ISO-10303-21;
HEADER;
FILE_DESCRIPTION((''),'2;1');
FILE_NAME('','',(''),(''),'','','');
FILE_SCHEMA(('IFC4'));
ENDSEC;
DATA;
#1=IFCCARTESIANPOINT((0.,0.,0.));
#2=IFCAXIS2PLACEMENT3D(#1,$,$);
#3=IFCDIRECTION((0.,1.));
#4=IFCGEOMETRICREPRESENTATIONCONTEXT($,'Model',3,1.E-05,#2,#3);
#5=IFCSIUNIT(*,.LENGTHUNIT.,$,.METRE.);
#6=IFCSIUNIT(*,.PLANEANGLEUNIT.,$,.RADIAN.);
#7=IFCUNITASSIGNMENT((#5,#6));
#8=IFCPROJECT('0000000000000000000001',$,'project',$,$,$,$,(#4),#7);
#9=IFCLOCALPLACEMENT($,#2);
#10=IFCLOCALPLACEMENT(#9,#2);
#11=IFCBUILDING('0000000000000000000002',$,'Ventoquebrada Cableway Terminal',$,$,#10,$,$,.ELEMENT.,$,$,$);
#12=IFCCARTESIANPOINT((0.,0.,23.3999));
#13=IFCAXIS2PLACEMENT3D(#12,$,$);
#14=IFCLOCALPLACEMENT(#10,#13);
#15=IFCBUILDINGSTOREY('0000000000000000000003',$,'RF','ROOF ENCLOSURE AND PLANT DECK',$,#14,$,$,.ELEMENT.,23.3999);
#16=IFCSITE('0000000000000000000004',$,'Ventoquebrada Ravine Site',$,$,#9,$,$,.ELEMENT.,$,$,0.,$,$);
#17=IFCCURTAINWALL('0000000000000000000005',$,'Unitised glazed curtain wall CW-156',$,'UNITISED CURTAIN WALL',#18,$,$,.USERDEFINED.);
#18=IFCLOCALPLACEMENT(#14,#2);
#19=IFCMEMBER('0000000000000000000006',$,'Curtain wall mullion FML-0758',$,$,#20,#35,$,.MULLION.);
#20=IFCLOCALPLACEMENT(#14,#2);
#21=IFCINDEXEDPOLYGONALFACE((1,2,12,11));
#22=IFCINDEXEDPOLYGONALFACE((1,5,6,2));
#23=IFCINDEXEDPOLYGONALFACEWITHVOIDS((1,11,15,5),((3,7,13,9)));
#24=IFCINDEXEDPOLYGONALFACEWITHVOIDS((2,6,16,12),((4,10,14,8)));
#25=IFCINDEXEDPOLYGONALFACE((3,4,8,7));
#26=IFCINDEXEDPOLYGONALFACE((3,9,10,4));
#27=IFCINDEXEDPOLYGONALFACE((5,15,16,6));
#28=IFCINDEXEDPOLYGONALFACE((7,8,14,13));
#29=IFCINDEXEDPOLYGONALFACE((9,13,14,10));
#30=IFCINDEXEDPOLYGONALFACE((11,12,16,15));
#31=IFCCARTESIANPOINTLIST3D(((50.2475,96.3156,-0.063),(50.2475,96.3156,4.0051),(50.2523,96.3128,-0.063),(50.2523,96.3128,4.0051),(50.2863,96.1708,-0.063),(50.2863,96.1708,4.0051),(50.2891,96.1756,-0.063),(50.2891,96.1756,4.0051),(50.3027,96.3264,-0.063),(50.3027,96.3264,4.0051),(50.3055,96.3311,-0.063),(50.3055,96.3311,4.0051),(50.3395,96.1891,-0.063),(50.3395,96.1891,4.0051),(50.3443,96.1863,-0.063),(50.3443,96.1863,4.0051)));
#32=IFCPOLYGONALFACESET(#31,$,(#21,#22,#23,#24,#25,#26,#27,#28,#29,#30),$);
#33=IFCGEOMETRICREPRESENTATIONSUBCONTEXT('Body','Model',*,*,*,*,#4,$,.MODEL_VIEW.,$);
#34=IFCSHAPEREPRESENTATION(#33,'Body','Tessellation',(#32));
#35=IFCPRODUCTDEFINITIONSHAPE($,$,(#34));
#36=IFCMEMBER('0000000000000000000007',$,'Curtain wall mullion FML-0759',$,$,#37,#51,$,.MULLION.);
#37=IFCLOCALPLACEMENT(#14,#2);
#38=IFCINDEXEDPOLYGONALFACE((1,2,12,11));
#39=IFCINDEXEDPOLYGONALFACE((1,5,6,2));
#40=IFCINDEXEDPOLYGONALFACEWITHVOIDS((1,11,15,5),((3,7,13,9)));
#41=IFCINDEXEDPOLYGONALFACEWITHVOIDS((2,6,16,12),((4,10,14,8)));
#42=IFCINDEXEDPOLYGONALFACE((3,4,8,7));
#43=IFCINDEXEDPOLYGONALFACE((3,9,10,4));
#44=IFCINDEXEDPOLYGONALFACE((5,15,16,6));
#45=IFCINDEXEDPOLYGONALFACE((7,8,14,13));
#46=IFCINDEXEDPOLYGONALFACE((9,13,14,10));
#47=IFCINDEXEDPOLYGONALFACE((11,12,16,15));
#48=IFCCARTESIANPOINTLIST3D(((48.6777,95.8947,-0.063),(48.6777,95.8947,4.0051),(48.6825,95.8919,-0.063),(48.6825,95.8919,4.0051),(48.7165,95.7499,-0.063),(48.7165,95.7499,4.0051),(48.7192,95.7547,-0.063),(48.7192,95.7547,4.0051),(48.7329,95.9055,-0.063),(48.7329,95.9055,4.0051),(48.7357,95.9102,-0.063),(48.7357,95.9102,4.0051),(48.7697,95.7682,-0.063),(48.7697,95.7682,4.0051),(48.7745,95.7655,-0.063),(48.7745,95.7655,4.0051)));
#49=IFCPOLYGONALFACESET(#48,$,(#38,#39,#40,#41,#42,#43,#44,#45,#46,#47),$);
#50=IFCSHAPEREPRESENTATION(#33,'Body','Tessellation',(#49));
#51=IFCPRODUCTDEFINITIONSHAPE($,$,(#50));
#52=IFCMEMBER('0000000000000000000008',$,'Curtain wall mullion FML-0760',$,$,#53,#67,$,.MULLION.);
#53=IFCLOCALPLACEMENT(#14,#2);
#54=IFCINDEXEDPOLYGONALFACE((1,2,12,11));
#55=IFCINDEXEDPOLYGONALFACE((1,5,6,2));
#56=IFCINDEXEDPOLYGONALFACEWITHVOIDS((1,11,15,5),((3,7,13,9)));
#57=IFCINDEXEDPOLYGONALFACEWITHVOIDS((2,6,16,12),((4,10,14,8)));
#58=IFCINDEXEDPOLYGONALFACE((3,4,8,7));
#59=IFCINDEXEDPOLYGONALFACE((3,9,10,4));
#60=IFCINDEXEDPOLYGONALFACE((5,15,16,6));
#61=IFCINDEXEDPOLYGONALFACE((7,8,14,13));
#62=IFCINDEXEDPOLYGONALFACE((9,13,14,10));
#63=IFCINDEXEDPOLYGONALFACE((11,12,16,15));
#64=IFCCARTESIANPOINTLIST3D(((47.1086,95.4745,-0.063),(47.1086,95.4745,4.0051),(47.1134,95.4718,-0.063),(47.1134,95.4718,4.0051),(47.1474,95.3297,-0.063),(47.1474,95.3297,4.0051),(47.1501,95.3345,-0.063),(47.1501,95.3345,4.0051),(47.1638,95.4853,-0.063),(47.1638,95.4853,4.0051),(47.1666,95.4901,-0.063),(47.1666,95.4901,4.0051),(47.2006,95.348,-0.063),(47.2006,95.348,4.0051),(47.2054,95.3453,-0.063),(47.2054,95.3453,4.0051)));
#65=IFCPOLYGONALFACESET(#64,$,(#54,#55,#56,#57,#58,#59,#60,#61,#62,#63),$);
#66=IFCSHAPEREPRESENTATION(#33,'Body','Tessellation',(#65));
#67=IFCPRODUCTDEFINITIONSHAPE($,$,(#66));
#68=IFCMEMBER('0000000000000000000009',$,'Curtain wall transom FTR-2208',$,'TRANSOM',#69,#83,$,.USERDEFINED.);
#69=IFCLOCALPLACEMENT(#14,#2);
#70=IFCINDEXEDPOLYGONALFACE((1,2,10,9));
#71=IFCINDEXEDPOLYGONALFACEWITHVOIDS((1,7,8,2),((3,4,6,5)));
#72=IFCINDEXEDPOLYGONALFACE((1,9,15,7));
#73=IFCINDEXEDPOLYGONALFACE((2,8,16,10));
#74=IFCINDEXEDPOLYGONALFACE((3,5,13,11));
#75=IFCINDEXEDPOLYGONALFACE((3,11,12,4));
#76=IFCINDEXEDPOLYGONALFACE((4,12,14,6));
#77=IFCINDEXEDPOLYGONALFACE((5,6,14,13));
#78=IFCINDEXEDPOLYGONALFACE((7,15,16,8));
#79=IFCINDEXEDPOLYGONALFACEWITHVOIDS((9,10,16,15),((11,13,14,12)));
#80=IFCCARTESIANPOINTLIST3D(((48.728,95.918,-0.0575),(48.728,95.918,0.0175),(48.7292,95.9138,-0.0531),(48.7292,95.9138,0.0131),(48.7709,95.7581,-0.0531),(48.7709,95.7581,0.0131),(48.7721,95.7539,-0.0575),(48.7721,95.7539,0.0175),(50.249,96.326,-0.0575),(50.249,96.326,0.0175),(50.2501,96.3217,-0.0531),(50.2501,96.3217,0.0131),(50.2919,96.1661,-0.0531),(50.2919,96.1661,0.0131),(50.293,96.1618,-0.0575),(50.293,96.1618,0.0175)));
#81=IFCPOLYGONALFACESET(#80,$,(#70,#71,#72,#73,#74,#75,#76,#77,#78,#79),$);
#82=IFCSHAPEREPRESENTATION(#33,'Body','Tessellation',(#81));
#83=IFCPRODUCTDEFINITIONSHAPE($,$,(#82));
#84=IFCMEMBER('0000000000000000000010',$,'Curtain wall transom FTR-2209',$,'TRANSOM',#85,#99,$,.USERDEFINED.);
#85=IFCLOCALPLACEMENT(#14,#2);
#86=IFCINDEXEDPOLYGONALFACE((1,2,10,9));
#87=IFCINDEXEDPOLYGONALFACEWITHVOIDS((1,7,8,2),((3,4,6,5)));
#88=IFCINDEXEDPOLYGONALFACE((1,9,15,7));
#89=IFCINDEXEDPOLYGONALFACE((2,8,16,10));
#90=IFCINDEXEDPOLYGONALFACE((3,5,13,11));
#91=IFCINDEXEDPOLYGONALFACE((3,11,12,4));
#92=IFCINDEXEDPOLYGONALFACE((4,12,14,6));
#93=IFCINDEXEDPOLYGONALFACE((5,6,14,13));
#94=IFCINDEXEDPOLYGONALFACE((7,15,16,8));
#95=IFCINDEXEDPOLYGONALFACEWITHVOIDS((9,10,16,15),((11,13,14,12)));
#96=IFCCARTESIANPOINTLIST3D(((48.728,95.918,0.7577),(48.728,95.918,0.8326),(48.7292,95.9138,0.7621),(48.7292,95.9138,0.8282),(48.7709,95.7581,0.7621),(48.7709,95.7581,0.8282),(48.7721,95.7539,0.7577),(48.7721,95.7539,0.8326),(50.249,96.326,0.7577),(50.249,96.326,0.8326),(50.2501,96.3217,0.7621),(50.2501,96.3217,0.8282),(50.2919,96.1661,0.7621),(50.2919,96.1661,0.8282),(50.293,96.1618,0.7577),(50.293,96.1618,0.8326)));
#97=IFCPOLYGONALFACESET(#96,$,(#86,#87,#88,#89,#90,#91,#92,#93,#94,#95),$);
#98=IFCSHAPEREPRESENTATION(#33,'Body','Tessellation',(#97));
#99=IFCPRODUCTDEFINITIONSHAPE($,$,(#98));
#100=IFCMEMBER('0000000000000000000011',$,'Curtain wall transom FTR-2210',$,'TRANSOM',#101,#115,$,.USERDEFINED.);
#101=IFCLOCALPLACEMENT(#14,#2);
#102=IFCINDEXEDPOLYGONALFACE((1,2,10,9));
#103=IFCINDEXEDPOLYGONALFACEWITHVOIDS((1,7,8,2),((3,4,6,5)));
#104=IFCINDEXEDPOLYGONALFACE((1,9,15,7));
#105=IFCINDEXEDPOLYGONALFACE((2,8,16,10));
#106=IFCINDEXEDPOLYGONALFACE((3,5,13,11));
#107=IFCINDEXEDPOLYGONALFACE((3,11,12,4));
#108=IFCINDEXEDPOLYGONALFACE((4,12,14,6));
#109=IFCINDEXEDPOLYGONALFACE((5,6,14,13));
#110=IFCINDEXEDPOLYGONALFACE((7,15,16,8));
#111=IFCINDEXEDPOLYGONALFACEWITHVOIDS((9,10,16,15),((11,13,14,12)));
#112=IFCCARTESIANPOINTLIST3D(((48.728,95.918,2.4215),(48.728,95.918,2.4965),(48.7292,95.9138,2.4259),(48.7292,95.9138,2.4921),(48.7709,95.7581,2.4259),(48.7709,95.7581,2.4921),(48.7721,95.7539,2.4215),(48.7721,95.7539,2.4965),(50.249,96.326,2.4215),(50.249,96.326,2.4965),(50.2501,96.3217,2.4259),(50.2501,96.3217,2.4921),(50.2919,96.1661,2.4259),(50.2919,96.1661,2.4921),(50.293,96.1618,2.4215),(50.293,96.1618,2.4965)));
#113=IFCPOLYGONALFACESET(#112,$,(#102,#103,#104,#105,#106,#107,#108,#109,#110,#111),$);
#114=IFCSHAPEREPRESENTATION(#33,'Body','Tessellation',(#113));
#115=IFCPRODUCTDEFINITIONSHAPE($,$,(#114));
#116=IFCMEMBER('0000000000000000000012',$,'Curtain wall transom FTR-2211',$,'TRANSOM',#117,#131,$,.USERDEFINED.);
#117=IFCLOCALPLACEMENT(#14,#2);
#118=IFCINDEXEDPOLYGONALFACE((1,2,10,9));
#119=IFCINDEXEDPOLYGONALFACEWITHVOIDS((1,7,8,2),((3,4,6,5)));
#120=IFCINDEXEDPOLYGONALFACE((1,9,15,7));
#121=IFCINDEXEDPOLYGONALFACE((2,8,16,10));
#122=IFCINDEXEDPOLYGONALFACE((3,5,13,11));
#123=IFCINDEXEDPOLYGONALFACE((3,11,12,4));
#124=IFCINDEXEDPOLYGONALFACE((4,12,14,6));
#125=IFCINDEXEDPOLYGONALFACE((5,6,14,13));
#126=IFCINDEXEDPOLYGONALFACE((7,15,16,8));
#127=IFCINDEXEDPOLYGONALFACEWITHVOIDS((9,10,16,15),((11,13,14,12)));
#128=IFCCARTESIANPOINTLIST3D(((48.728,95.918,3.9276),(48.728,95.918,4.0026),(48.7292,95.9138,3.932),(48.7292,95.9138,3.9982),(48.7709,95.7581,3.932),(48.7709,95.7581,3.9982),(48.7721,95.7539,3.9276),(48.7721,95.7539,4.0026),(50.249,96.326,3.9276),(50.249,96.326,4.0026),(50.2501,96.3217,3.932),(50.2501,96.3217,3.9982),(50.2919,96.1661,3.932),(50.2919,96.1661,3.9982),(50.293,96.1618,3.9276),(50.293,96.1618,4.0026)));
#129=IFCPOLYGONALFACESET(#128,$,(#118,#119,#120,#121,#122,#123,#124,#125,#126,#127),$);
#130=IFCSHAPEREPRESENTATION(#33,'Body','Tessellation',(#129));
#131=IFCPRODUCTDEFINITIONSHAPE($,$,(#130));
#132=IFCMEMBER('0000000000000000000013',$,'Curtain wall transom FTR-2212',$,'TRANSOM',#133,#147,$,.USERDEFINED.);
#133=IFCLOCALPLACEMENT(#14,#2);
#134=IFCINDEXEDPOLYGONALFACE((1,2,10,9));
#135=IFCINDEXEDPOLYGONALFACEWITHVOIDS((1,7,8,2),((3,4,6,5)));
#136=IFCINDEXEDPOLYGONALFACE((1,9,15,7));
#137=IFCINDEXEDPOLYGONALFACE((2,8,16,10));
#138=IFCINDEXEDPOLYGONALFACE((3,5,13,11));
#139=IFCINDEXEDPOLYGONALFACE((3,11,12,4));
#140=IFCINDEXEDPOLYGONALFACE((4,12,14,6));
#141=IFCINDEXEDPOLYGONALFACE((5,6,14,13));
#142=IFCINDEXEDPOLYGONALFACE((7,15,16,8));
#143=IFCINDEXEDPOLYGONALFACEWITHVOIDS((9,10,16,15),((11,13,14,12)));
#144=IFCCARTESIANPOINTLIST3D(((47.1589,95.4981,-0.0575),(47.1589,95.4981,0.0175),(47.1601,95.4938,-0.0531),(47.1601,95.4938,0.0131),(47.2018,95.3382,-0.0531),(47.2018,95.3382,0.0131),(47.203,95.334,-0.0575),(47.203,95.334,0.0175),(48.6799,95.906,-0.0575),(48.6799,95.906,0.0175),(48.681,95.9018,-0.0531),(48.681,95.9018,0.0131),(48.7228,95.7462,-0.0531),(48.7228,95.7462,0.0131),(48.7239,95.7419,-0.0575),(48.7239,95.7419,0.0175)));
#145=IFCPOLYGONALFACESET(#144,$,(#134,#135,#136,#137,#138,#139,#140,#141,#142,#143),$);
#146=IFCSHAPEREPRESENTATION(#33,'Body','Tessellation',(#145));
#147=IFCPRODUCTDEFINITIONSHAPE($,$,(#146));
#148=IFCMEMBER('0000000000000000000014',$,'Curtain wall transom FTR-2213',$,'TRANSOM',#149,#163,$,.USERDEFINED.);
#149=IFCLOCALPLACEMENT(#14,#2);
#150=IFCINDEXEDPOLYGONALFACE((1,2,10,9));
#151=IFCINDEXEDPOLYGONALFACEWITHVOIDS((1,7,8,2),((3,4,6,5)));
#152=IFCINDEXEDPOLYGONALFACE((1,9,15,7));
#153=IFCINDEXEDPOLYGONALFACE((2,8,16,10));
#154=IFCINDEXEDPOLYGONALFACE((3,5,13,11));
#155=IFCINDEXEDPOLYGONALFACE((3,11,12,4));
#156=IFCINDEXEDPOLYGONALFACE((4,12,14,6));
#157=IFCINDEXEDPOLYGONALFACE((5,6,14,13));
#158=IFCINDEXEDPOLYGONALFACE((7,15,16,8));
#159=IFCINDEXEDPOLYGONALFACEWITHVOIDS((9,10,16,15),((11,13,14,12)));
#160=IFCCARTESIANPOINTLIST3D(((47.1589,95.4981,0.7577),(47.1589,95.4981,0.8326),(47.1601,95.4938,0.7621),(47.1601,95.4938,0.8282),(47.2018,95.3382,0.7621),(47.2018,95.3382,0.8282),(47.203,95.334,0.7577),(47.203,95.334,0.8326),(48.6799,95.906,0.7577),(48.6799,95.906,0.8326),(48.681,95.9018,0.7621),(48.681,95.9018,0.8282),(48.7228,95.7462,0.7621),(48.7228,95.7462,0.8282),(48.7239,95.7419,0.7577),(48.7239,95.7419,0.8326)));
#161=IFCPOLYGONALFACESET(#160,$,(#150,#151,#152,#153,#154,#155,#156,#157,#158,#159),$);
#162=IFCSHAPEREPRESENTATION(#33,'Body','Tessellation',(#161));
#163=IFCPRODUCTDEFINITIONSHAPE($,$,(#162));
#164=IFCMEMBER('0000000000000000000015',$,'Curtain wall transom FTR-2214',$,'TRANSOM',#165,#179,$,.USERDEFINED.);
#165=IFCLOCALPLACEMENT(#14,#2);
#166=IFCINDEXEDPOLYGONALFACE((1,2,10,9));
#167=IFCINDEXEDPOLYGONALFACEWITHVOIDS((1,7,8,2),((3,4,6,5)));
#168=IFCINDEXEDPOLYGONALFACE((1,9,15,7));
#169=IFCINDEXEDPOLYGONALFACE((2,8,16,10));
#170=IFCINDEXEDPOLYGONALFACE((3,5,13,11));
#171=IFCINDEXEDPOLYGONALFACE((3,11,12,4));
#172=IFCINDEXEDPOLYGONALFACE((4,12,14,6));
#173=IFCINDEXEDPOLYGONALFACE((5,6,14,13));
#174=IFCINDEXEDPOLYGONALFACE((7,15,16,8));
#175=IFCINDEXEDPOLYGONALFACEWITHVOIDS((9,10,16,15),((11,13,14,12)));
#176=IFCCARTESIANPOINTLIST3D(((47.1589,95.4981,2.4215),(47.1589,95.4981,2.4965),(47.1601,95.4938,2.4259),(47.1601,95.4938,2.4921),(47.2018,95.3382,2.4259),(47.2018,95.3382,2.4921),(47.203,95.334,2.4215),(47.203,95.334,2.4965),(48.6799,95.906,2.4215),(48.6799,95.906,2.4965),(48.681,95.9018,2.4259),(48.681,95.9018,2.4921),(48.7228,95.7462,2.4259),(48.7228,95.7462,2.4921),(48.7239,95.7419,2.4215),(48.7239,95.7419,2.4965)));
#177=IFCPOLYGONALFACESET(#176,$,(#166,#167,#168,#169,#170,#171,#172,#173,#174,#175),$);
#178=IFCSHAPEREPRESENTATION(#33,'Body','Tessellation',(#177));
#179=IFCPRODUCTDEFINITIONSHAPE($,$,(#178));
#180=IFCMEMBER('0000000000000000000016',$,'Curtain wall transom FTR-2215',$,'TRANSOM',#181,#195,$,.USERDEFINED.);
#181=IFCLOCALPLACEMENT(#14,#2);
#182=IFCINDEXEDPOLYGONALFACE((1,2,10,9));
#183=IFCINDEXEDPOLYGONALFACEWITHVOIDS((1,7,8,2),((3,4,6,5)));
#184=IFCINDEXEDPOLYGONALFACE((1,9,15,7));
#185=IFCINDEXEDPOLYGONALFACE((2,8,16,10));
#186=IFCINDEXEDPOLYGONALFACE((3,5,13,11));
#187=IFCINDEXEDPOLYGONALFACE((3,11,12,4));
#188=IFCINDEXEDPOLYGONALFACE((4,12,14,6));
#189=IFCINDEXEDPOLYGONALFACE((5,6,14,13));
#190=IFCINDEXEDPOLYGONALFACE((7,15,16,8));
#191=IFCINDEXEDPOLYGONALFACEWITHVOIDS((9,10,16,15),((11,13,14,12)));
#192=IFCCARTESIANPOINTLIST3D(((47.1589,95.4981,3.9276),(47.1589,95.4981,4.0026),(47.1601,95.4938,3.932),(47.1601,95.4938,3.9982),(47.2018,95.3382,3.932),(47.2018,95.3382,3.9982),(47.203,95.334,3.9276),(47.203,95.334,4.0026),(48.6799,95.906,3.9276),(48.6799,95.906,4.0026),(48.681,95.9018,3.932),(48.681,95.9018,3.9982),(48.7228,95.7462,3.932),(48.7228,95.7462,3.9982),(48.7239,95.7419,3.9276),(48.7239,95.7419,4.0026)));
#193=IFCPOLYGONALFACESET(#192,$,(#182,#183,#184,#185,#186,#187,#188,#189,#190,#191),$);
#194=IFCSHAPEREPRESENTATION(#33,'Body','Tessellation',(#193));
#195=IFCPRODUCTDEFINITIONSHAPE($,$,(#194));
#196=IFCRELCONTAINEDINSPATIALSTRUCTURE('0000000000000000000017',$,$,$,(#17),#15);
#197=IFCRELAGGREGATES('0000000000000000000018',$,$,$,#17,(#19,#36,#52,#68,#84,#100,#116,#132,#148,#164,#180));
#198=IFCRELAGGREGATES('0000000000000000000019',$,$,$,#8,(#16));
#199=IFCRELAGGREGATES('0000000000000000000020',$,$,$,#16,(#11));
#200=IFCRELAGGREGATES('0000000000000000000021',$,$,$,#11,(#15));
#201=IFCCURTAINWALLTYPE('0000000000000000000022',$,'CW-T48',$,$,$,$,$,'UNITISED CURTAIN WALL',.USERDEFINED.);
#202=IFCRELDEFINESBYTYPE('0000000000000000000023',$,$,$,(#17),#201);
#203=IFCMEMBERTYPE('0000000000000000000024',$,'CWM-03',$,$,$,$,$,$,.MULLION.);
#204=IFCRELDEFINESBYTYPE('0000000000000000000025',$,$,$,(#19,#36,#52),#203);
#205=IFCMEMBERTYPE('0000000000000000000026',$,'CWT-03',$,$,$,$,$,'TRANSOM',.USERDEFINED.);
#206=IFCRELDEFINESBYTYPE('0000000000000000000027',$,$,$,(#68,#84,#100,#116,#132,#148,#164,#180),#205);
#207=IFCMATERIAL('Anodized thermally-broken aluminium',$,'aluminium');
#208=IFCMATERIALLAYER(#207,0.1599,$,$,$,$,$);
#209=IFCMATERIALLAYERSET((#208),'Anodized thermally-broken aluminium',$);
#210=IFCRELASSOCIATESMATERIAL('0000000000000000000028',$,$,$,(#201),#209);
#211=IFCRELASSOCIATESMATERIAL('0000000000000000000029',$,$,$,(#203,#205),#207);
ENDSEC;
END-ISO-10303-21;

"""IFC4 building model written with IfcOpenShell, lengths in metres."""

from ifc_helpers import new_model, si_unit, direction, frame, origin, origin_2d, place, context, subcontext, project, spatial, hollow_rectangle, extrude, material, layer, layer_set, material_profile, profile_set, type_object, element, aggregate, save


model = new_model("IFC4")

# Units and contexts
model_context = context("Model", 3, precision=1e-05, world=origin(), true_north=direction((0.0, 1.0)))
body_context = subcontext(model_context, "Body", "Model", "MODEL_VIEW")
ifc_project = project(units=[si_unit("LENGTHUNIT", "METRE"), si_unit("PLANEANGLEUNIT", "RADIAN")], contexts=[model_context])

# Site, building, storey
site_placement = place(None, origin())
site = spatial("IfcSite", under=ifc_project, at=site_placement, Name="Ventoquebrada Ravine Site", CompositionType="ELEMENT", RefElevation=0.0)
building_placement = place(site_placement, origin())
building = spatial("IfcBuilding", under=site, at=building_placement, Name="Ventoquebrada Cableway Terminal", CompositionType="ELEMENT")
storey_placement = place(building_placement, frame((0.0, 0.0, 23.3999)))
storey = spatial("IfcBuildingStorey", under=building, at=storey_placement, Name="RF", Description="ROOF ENCLOSURE AND PLANT DECK", CompositionType="ELEMENT", Elevation=23.3999)

# Curtain wall, members
ifc_material_1 = material(Name="Anodized thermally-broken aluminium", Category="aluminium")
ifc_layer_1 = layer(ifc_material_1, 0.1599)
ifc_layer_set_1 = layer_set([ifc_layer_1], Name="Anodized thermally-broken aluminium")
curtain_wall_type = type_object("IfcCurtainWallType", Name="CW-T48", ElementType="UNITISED CURTAIN WALL", PredefinedType="USERDEFINED", material=ifc_layer_set_1)
curtain_wall_placement = place(storey_placement, origin())
curtain_wall = element("IfcCurtainWall", 1, at=curtain_wall_placement, inside=storey, type_object=curtain_wall_type, Name="Unitised glazed curtain wall CW-156", ObjectType="UNITISED CURTAIN WALL", PredefinedType="USERDEFINED")
ifc_material_profile_1 = material_profile(ifc_material_1, hollow_rectangle(XDim=0.0601, YDim=0.1499, WallThickness=0.0039, at=origin_2d()), Name="CW-MUL-60X150")
ifc_profile_set_1 = profile_set([ifc_material_profile_1], Name="Anodized thermally-broken aluminium")
member_type_1 = type_object("IfcMemberType", Name="CWM-03", PredefinedType="MULLION", material=ifc_profile_set_1)
member_1_placement = place(storey_placement, frame((50.2959, 96.251, -0.063), z_axis=(0.0, 0.0, 1.0), x_axis=(-0.965935, -0.258785, 0.0)))
member_1 = element("IfcMember", 2, at=member_1_placement, type_object=member_type_1, Name="Curtain wall mullion FML-0758", PredefinedType="MULLION", context=body_context, shape_type="SweptSolid", body=[
    extrude(hollow_rectangle(XDim=0.0601, YDim=0.1499, WallThickness=0.0039, at=origin_2d()), origin(), (0.0, 0.0, 1.0), 4.0681),
])
member_2_placement = place(storey_placement, frame((48.7261, 95.8301, -0.063), z_axis=(0.0, 0.0, 1.0), x_axis=(-0.965935, -0.258785, 0.0)))
member_2 = element("IfcMember", 3, at=member_2_placement, type_object=member_type_1, Name="Curtain wall mullion FML-0759", PredefinedType="MULLION", context=body_context, shape_type="SweptSolid", body=[
    extrude(hollow_rectangle(XDim=0.0601, YDim=0.1499, WallThickness=0.0039, at=origin_2d()), origin(), (0.0, 0.0, 1.0), 4.0681),
])
member_3_placement = place(storey_placement, frame((47.157, 95.4099, -0.063), z_axis=(0.0, 0.0, 1.0), x_axis=(-0.965935, -0.258785, 0.0)))
member_3 = element("IfcMember", 4, at=member_3_placement, type_object=member_type_1, Name="Curtain wall mullion FML-0760", PredefinedType="MULLION", context=body_context, shape_type="SweptSolid", body=[
    extrude(hollow_rectangle(XDim=0.0601, YDim=0.1499, WallThickness=0.0039, at=origin_2d()), origin(), (0.0, 0.0, 1.0), 4.0681),
])
ifc_material_profile_2 = material_profile(ifc_material_1, hollow_rectangle(XDim=0.075, YDim=0.1699, WallThickness=0.0044, at=origin_2d()), Name="CW-TRN-75X170")
ifc_profile_set_2 = profile_set([ifc_material_profile_2], Name="Anodized thermally-broken aluminium")
member_type_2 = type_object("IfcMemberType", Name="CWT-03", ElementType="TRANSOM", PredefinedType="USERDEFINED", material=ifc_profile_set_2)
member_4_placement = place(storey_placement, frame((50.271, 96.2439, -0.02), z_axis=(-0.965861, -0.259062, 0.0), x_axis=(0.0, 0.0, 1.0)))
member_4 = element("IfcMember", 5, at=member_4_placement, type_object=member_type_2, Name="Curtain wall transom FTR-2208", ObjectType="TRANSOM", PredefinedType="USERDEFINED", context=body_context, shape_type="SweptSolid", body=[
    extrude(hollow_rectangle(XDim=0.075, YDim=0.1699, WallThickness=0.0044, at=origin_2d()), origin(), (0.0, 0.0, 1.0), 1.5747),
])
member_5_placement = place(storey_placement, frame((50.271, 96.2439, 0.7952), z_axis=(-0.965861, -0.259062, 0.0), x_axis=(0.0, 0.0, 1.0)))
member_5 = element("IfcMember", 6, at=member_5_placement, type_object=member_type_2, Name="Curtain wall transom FTR-2209", ObjectType="TRANSOM", PredefinedType="USERDEFINED", context=body_context, shape_type="SweptSolid", body=[
    extrude(hollow_rectangle(XDim=0.075, YDim=0.1699, WallThickness=0.0044, at=origin_2d()), origin(), (0.0, 0.0, 1.0), 1.5747),
])
member_6_placement = place(storey_placement, frame((50.271, 96.2439, 2.459), z_axis=(-0.965861, -0.259062, 0.0), x_axis=(0.0, 0.0, 1.0)))
member_6 = element("IfcMember", 7, at=member_6_placement, type_object=member_type_2, Name="Curtain wall transom FTR-2210", ObjectType="TRANSOM", PredefinedType="USERDEFINED", context=body_context, shape_type="SweptSolid", body=[
    extrude(hollow_rectangle(XDim=0.075, YDim=0.1699, WallThickness=0.0044, at=origin_2d()), origin(), (0.0, 0.0, 1.0), 1.5747),
])
member_7_placement = place(storey_placement, frame((50.271, 96.2439, 3.9651), z_axis=(-0.965861, -0.259062, 0.0), x_axis=(0.0, 0.0, 1.0)))
member_7 = element("IfcMember", 8, at=member_7_placement, type_object=member_type_2, Name="Curtain wall transom FTR-2211", ObjectType="TRANSOM", PredefinedType="USERDEFINED", context=body_context, shape_type="SweptSolid", body=[
    extrude(hollow_rectangle(XDim=0.075, YDim=0.1699, WallThickness=0.0044, at=origin_2d()), origin(), (0.0, 0.0, 1.0), 1.5747),
])
member_8_placement = place(storey_placement, frame((48.7019, 95.824, -0.02), z_axis=(-0.965861, -0.259062, 0.0), x_axis=(0.0, 0.0, 1.0)))
member_8 = element("IfcMember", 9, at=member_8_placement, type_object=member_type_2, Name="Curtain wall transom FTR-2212", ObjectType="TRANSOM", PredefinedType="USERDEFINED", context=body_context, shape_type="SweptSolid", body=[
    extrude(hollow_rectangle(XDim=0.075, YDim=0.1699, WallThickness=0.0044, at=origin_2d()), origin(), (0.0, 0.0, 1.0), 1.5747),
])
member_9_placement = place(storey_placement, frame((48.7019, 95.824, 0.7952), z_axis=(-0.965861, -0.259062, 0.0), x_axis=(0.0, 0.0, 1.0)))
member_9 = element("IfcMember", 10, at=member_9_placement, type_object=member_type_2, Name="Curtain wall transom FTR-2213", ObjectType="TRANSOM", PredefinedType="USERDEFINED", context=body_context, shape_type="SweptSolid", body=[
    extrude(hollow_rectangle(XDim=0.075, YDim=0.1699, WallThickness=0.0044, at=origin_2d()), origin(), (0.0, 0.0, 1.0), 1.5747),
])
member_10_placement = place(storey_placement, frame((48.7019, 95.824, 2.459), z_axis=(-0.965861, -0.259062, 0.0), x_axis=(0.0, 0.0, 1.0)))
member_10 = element("IfcMember", 11, at=member_10_placement, type_object=member_type_2, Name="Curtain wall transom FTR-2214", ObjectType="TRANSOM", PredefinedType="USERDEFINED", context=body_context, shape_type="SweptSolid", body=[
    extrude(hollow_rectangle(XDim=0.075, YDim=0.1699, WallThickness=0.0044, at=origin_2d()), origin(), (0.0, 0.0, 1.0), 1.5747),
])
member_11_placement = place(storey_placement, frame((48.7019, 95.824, 3.9651), z_axis=(-0.965861, -0.259062, 0.0), x_axis=(0.0, 0.0, 1.0)))
member_11 = element("IfcMember", 12, at=member_11_placement, type_object=member_type_2, Name="Curtain wall transom FTR-2215", ObjectType="TRANSOM", PredefinedType="USERDEFINED", context=body_context, shape_type="SweptSolid", body=[
    extrude(hollow_rectangle(XDim=0.075, YDim=0.1699, WallThickness=0.0044, at=origin_2d()), origin(), (0.0, 0.0, 1.0), 1.5747),
])

aggregate(curtain_wall, [member_1, member_2, member_3, member_4, member_5, member_6, member_7, member_8, member_9, member_10, member_11])

save(model, "model.ifc")
